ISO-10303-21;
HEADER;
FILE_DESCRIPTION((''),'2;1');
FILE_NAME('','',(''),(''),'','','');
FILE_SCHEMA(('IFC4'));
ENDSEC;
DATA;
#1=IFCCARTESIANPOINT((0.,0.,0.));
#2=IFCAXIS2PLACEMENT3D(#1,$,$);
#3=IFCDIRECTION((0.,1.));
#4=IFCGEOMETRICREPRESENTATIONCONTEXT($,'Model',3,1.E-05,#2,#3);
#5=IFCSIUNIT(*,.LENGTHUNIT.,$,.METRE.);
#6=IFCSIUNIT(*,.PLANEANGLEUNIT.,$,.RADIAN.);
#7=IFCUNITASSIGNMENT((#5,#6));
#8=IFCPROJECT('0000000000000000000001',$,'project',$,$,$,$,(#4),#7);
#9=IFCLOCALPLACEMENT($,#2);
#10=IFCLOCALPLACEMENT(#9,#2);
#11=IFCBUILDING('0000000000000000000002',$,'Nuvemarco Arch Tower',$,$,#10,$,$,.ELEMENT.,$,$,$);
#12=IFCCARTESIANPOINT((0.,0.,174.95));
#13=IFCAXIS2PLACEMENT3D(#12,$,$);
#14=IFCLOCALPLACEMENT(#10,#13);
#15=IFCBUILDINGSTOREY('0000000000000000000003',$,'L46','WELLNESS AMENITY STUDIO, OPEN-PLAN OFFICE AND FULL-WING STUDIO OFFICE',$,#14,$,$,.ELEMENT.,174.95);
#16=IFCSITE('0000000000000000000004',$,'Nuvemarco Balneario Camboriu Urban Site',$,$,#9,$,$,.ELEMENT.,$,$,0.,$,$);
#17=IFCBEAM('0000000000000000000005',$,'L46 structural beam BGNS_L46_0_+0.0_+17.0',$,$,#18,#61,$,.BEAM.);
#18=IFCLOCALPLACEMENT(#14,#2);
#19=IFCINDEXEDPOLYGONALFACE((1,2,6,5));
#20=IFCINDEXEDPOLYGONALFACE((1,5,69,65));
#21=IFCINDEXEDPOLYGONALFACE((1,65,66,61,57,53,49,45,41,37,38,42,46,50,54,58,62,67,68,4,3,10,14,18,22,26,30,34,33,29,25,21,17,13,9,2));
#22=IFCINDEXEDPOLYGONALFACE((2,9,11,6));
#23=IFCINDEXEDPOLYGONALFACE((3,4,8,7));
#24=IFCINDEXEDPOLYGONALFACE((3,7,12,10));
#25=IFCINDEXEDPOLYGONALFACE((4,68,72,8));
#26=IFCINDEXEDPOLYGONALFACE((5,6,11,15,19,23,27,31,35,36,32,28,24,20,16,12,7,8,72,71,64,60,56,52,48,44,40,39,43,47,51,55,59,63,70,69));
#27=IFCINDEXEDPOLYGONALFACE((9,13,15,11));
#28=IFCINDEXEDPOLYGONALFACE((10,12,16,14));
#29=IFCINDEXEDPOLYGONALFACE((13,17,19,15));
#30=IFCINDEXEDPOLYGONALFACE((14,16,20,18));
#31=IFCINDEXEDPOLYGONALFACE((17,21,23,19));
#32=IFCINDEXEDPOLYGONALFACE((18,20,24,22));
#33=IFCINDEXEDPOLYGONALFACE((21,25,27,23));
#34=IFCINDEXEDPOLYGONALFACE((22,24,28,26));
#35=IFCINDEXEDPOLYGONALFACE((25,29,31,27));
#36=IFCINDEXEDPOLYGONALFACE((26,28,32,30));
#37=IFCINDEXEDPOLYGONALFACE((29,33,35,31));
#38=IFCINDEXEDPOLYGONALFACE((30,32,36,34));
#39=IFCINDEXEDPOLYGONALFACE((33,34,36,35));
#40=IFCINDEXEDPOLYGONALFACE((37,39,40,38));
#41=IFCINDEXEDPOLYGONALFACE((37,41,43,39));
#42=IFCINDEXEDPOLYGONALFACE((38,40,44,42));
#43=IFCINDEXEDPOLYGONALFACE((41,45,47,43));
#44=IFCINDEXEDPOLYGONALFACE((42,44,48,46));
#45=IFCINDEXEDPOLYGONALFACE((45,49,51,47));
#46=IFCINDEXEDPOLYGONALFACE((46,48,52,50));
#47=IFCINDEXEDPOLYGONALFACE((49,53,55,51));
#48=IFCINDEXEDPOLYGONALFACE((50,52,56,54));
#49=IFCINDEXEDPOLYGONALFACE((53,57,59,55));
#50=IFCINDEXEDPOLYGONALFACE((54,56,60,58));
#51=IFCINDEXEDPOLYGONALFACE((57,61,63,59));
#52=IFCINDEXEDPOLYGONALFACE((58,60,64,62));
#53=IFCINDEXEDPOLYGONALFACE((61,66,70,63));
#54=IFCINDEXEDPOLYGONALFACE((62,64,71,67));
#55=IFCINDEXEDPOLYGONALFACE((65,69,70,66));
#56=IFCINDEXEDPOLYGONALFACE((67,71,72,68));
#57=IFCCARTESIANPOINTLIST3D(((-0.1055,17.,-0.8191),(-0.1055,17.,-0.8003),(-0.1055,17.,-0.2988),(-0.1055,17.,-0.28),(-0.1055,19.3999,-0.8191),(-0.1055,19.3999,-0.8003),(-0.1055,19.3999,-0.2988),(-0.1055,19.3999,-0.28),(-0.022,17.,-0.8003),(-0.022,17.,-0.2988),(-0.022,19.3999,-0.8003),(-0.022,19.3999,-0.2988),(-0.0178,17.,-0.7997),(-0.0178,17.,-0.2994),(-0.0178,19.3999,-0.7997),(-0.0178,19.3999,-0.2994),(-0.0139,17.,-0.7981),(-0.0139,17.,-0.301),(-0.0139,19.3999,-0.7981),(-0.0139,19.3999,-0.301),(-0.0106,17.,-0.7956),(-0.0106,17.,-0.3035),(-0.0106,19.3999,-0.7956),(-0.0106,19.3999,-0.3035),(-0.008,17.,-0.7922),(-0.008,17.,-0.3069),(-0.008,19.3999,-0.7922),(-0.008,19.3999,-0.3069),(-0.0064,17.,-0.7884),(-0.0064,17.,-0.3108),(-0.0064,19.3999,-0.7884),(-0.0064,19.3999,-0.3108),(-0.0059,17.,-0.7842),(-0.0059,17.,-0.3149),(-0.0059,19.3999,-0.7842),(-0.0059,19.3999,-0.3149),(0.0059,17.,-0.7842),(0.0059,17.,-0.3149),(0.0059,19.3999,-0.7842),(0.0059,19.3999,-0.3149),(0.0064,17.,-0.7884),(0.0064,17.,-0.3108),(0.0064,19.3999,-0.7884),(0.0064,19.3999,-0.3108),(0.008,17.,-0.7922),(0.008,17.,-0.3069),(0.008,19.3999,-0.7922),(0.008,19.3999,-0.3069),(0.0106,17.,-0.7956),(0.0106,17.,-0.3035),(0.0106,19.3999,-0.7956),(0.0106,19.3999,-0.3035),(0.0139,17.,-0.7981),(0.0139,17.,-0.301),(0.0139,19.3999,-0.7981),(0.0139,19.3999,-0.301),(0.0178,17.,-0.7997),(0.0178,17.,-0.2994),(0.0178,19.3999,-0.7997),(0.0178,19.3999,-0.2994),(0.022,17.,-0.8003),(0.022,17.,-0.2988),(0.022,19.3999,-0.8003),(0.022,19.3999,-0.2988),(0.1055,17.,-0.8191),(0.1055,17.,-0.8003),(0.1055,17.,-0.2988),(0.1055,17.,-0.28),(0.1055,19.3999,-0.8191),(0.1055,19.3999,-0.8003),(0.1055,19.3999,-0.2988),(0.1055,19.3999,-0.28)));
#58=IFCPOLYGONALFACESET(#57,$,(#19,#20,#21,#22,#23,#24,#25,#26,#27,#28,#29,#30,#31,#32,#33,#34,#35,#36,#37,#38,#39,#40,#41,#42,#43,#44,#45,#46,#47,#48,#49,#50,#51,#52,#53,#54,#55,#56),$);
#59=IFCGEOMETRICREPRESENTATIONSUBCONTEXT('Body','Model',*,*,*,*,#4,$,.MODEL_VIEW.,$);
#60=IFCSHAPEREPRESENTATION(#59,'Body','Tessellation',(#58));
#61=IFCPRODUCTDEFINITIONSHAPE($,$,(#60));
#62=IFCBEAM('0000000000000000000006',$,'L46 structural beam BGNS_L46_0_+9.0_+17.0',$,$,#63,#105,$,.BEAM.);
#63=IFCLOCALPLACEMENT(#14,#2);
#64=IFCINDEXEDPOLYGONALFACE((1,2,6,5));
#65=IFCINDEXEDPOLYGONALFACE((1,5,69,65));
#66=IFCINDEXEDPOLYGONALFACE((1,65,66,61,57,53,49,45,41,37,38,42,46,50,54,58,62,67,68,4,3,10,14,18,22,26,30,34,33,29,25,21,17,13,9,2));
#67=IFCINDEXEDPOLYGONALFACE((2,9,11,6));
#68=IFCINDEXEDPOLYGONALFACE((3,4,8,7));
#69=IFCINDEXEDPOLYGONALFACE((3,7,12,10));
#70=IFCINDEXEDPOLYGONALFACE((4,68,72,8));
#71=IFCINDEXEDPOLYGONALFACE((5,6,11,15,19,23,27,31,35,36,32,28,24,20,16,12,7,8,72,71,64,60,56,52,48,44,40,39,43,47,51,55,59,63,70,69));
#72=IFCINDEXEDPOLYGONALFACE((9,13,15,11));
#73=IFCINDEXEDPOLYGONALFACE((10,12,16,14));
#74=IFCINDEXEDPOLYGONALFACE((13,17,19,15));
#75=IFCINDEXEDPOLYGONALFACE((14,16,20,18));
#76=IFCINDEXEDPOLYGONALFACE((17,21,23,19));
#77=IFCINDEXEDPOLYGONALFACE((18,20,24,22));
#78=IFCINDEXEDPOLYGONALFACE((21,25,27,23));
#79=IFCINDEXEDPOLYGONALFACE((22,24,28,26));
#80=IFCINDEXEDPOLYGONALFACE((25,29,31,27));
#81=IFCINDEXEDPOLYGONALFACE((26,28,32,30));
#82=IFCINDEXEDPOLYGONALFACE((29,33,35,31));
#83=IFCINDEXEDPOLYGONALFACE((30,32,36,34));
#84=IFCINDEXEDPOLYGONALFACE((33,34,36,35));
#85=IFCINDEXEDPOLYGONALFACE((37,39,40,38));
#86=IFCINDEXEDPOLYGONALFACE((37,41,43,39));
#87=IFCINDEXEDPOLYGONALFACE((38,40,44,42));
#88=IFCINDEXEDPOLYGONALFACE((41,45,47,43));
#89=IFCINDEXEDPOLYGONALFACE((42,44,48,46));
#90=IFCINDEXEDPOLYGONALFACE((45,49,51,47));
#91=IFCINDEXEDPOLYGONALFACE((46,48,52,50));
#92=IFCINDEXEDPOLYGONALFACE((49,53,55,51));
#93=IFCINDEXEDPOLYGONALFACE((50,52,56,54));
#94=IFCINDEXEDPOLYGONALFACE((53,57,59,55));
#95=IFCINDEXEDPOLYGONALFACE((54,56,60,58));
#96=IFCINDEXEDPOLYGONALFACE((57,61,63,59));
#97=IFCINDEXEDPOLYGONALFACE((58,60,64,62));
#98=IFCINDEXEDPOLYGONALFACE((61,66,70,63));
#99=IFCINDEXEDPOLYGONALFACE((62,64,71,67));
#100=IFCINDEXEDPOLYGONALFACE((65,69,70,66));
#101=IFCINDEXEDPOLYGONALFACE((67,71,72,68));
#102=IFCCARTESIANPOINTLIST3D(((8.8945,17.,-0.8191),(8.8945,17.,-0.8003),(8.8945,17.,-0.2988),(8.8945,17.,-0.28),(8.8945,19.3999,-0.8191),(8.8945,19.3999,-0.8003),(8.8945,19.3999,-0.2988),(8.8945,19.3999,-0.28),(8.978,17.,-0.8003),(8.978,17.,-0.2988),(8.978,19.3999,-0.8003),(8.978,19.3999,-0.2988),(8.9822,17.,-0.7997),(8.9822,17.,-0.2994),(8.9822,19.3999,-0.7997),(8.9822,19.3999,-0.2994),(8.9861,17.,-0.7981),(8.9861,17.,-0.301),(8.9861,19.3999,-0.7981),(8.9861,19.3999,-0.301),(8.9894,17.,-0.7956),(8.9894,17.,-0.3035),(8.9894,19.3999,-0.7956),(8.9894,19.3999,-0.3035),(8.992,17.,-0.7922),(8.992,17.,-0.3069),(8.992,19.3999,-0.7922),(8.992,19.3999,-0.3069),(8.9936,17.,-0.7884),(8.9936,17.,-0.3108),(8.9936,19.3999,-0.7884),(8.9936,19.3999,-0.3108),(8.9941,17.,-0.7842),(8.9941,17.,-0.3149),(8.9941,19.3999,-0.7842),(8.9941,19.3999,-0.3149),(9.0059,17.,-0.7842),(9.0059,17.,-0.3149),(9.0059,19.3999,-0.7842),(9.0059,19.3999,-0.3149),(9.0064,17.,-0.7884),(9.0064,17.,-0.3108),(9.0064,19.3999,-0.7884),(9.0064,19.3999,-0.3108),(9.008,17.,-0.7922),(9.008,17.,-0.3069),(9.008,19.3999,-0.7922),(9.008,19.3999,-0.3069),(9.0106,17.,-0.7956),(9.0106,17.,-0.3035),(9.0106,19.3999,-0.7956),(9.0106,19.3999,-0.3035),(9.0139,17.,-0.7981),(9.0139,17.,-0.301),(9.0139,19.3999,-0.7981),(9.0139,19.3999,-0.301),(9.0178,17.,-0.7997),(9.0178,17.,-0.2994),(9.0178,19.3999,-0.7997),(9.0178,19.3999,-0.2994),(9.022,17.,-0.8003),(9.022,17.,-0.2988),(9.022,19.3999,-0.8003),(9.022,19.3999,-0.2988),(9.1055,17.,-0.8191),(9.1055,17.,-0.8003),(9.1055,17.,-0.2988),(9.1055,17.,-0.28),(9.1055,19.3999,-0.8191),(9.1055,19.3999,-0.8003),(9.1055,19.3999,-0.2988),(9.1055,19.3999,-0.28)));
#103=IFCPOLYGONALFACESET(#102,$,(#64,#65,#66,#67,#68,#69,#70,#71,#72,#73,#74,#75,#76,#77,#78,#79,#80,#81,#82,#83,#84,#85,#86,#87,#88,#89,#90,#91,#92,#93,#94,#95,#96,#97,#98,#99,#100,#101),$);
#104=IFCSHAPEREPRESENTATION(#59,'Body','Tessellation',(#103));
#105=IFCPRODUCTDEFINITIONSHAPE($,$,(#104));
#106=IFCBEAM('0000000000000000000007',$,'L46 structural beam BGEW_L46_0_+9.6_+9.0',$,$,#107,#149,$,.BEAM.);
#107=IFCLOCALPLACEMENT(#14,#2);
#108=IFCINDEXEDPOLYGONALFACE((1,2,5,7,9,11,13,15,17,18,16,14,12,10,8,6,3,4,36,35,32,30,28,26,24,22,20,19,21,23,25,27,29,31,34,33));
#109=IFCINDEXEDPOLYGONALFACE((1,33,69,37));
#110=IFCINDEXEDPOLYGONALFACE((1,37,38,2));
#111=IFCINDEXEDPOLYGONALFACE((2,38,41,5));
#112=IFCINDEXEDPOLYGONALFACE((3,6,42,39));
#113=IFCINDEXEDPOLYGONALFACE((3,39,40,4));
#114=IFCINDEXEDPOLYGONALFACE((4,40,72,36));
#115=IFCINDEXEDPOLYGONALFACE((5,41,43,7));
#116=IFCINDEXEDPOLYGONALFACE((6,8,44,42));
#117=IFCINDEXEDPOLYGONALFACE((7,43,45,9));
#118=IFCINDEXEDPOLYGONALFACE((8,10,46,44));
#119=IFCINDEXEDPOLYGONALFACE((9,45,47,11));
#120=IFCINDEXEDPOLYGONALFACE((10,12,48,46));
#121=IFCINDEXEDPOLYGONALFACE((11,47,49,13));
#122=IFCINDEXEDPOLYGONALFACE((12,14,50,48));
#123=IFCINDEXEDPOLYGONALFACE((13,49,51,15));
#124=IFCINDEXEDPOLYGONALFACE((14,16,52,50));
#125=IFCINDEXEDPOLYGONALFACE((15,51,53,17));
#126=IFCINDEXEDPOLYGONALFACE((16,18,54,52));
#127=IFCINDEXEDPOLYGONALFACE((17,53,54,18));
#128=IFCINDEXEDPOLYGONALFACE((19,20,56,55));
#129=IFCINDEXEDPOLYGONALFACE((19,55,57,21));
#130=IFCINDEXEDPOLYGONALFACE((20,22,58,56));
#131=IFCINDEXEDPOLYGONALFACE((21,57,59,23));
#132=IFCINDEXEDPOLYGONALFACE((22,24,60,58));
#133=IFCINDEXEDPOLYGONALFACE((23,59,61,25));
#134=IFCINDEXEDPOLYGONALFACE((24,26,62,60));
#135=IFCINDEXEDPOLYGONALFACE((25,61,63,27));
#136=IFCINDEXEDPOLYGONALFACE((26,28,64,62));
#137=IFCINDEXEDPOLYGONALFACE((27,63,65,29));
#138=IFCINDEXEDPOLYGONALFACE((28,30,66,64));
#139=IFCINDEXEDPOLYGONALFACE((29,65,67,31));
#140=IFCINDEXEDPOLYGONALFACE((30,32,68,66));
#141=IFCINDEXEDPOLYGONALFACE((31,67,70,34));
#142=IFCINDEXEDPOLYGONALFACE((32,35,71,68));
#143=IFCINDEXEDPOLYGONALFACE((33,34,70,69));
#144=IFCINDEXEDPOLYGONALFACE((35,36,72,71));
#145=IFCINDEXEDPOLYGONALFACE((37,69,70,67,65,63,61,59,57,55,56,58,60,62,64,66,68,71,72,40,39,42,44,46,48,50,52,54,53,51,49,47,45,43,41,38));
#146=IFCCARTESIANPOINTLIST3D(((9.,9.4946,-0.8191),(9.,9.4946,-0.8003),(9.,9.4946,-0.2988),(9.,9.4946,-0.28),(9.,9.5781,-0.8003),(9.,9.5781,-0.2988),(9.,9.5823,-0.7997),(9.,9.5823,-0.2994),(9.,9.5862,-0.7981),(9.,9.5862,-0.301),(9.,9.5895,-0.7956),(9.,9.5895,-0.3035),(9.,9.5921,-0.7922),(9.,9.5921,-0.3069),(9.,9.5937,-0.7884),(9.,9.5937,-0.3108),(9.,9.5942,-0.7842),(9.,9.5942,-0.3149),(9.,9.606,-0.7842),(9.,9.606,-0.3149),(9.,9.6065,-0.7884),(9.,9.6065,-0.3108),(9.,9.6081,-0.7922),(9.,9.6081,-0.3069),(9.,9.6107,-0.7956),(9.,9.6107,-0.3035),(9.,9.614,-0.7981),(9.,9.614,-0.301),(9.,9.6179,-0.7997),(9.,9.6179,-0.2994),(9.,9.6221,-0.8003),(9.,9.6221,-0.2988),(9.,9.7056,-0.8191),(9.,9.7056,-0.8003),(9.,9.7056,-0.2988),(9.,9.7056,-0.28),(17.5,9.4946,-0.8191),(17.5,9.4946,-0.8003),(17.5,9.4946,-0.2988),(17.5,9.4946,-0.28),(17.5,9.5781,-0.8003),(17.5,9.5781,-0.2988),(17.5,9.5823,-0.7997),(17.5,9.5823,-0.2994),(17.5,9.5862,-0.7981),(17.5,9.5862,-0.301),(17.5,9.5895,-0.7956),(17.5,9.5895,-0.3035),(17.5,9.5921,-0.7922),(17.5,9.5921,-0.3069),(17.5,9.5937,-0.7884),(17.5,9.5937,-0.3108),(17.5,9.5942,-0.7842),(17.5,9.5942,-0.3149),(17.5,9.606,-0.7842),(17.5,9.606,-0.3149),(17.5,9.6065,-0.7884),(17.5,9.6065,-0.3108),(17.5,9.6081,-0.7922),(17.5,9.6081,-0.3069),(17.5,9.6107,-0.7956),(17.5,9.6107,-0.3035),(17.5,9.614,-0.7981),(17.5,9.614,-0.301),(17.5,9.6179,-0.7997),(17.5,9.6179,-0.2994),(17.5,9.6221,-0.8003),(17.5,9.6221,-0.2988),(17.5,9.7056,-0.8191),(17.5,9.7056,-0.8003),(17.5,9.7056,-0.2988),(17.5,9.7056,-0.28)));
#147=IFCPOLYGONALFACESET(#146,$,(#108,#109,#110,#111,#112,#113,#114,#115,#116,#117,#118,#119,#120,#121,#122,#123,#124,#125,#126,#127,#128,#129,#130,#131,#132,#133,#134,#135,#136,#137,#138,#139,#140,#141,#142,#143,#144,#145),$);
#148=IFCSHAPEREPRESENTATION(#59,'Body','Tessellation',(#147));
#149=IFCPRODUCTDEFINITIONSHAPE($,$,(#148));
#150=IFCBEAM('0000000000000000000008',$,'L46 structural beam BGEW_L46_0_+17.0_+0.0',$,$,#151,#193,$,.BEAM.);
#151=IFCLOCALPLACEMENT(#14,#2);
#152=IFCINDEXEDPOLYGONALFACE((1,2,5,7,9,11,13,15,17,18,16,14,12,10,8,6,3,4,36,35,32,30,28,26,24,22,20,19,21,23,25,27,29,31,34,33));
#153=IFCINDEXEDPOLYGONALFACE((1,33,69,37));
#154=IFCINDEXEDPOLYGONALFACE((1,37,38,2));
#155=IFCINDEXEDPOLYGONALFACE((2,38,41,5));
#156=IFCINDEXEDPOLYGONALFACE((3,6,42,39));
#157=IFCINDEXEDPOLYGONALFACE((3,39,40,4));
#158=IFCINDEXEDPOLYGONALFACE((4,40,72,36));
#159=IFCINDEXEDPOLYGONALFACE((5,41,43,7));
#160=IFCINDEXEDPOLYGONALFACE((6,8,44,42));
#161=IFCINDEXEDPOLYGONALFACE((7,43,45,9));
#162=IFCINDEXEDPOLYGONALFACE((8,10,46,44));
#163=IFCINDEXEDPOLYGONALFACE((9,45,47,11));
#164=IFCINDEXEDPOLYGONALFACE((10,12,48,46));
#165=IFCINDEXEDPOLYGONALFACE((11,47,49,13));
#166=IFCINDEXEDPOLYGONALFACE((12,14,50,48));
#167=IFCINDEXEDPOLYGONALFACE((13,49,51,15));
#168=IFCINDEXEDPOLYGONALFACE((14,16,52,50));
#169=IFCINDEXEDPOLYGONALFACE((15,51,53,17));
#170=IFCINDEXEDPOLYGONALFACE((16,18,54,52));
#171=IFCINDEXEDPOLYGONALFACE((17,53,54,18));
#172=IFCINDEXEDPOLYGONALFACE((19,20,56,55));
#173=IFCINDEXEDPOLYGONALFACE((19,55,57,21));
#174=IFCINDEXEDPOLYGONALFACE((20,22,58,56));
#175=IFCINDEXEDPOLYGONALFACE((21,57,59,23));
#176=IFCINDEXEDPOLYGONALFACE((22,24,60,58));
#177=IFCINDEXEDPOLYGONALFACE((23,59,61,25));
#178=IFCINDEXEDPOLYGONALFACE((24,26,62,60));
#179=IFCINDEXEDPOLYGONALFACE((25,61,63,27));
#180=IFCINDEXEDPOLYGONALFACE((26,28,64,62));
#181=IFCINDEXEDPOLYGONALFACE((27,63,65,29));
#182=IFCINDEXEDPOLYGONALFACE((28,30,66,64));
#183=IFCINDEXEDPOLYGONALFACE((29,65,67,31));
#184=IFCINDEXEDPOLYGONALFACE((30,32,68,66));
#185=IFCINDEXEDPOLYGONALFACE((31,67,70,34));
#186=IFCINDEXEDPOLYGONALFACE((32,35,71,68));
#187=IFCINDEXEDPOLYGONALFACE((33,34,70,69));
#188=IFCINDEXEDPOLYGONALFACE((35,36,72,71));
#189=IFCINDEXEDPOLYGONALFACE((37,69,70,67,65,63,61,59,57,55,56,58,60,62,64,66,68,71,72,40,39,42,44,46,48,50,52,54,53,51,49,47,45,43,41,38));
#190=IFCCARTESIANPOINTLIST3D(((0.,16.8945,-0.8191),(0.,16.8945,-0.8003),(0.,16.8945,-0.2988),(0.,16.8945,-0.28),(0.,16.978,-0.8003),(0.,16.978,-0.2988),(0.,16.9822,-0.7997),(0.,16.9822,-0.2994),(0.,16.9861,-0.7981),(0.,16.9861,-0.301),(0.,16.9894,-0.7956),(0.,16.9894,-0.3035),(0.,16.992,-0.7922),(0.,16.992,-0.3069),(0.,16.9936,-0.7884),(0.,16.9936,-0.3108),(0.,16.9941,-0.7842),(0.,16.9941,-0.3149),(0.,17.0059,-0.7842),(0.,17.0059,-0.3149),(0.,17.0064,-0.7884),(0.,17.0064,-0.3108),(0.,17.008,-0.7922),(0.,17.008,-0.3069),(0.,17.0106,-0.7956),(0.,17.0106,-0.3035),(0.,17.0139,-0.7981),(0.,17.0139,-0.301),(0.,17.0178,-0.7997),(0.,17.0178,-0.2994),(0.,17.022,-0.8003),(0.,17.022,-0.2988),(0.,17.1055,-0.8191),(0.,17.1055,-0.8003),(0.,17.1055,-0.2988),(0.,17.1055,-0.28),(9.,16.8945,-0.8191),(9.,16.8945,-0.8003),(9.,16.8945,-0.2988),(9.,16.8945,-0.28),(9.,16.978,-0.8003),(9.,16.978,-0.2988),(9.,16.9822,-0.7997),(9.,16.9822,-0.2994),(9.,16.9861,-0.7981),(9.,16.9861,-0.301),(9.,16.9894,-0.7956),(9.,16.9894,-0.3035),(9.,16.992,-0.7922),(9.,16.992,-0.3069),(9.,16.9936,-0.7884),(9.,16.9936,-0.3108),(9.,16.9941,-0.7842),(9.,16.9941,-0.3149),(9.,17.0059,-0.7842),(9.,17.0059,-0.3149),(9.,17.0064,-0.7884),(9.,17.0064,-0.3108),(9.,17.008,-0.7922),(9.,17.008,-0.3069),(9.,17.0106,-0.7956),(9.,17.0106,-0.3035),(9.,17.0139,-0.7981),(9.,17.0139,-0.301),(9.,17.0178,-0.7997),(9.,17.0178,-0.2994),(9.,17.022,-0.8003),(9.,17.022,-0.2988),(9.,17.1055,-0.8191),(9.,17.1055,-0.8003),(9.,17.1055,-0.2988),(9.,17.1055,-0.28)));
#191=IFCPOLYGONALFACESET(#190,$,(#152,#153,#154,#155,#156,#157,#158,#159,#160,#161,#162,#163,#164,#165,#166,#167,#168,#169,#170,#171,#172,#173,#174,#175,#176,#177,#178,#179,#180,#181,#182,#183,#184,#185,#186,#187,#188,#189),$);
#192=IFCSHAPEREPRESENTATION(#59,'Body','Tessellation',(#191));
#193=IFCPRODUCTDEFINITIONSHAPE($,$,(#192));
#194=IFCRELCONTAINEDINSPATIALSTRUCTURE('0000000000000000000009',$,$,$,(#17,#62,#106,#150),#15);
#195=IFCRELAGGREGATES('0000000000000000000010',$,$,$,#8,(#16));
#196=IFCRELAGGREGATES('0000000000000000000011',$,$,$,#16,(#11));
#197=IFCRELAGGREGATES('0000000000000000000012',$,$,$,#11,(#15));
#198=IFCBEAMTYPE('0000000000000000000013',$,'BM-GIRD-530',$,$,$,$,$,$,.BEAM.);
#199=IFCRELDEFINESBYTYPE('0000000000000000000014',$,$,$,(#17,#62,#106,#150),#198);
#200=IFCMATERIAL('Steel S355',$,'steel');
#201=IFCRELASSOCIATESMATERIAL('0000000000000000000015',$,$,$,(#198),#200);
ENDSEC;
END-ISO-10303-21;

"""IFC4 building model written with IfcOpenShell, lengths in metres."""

from ifc_helpers import new_model, si_unit, direction, frame, origin, origin_2d, place, context, subcontext, project, spatial, i_section, extrude, material, material_profile, profile_set, type_object, element, save


model = new_model("IFC4")

# Units and contexts
model_context = context("Model", 3, precision=1e-05, world=origin(), true_north=direction((0.0, 1.0)))
body_context = subcontext(model_context, "Body", "Model", "MODEL_VIEW")
ifc_project = project(units=[si_unit("LENGTHUNIT", "METRE"), si_unit("PLANEANGLEUNIT", "RADIAN")], contexts=[model_context])

# Site, building, storey
site_placement = place(None, origin())
site = spatial("IfcSite", under=ifc_project, at=site_placement, Name="Nuvemarco Balneario Camboriu Urban Site", CompositionType="ELEMENT", RefElevation=0.0)
building_placement = place(site_placement, origin())
building = spatial("IfcBuilding", under=site, at=building_placement, Name="Nuvemarco Arch Tower", CompositionType="ELEMENT")
storey_placement = place(building_placement, frame((0.0, 0.0, 174.95)))
storey = spatial("IfcBuildingStorey", under=building, at=storey_placement, Name="L46", Description="WELLNESS AMENITY STUDIO, OPEN-PLAN OFFICE AND FULL-WING STUDIO OFFICE", CompositionType="ELEMENT", Elevation=174.95)

# Shared definitions
ifc_material_1 = material(Name="Steel S355", Category="steel")

# Beams
ifc_material_profile_1 = material_profile(ifc_material_1, i_section(OverallWidth=0.2109, OverallDepth=0.5391, WebThickness=0.0117, FlangeThickness=0.0188, FilletRadius=0.0161, at=origin_2d()), Name="W530x109")
ifc_profile_set_1 = profile_set([ifc_material_profile_1], Name="Steel S355")
beam_type_1 = type_object("IfcBeamType", Name="BM-GIRD-530", PredefinedType="BEAM", material=ifc_profile_set_1)
for number, where, z_axis, x_axis, name in (
    (1, (0.0, 17.0, -0.5496), (0.0, 1.0, 0.0), (-1.0, 0.0, 0.0), "L46 structural beam BGNS_L46_0_+0.0_+17.0"),
    (2, (9.0, 17.0, -0.5496), (0.0, 1.0, 0.0), (-1.0, 0.0, 0.0), "L46 structural beam BGNS_L46_0_+9.0_+17.0"),
):
    element("IfcBeam", number, at=place(storey_placement, frame(where, z_axis=z_axis, x_axis=x_axis)), inside=storey, type_object=beam_type_1, Name=name, PredefinedType="BEAM", context=body_context, shape_type="SweptSolid", body=[
        extrude(i_section(OverallWidth=0.2109, OverallDepth=0.5391, WebThickness=0.0117, FlangeThickness=0.0188, FilletRadius=0.0161, at=origin_2d()), origin(), (0.0, 0.0, 1.0), 2.3999),
    ])
beam_1_placement = place(storey_placement, frame((9.0, 9.6001, -0.5496), z_axis=(1.0, 0.0, 0.0), x_axis=(0.0, 1.0, 0.0)))
element("IfcBeam", 3, at=beam_1_placement, inside=storey, type_object=beam_type_1, Name="L46 structural beam BGEW_L46_0_+9.6_+9.0", PredefinedType="BEAM", context=body_context, shape_type="SweptSolid", body=[
    extrude(i_section(OverallWidth=0.2109, OverallDepth=0.5391, WebThickness=0.0117, FlangeThickness=0.0188, FilletRadius=0.0161, at=origin_2d()), origin(), (0.0, 0.0, 1.0), 8.5),
])
beam_2_placement = place(storey_placement, frame((0.0, 17.0, -0.5496), z_axis=(1.0, 0.0, 0.0), x_axis=(0.0, 1.0, 0.0)))
element("IfcBeam", 4, at=beam_2_placement, inside=storey, type_object=beam_type_1, Name="L46 structural beam BGEW_L46_0_+17.0_+0.0", PredefinedType="BEAM", context=body_context, shape_type="SweptSolid", body=[
    extrude(i_section(OverallWidth=0.2109, OverallDepth=0.5391, WebThickness=0.0117, FlangeThickness=0.0188, FilletRadius=0.0161, at=origin_2d()), origin(), (0.0, 0.0, 1.0), 9.0),
])

save(model, "model.ifc")
